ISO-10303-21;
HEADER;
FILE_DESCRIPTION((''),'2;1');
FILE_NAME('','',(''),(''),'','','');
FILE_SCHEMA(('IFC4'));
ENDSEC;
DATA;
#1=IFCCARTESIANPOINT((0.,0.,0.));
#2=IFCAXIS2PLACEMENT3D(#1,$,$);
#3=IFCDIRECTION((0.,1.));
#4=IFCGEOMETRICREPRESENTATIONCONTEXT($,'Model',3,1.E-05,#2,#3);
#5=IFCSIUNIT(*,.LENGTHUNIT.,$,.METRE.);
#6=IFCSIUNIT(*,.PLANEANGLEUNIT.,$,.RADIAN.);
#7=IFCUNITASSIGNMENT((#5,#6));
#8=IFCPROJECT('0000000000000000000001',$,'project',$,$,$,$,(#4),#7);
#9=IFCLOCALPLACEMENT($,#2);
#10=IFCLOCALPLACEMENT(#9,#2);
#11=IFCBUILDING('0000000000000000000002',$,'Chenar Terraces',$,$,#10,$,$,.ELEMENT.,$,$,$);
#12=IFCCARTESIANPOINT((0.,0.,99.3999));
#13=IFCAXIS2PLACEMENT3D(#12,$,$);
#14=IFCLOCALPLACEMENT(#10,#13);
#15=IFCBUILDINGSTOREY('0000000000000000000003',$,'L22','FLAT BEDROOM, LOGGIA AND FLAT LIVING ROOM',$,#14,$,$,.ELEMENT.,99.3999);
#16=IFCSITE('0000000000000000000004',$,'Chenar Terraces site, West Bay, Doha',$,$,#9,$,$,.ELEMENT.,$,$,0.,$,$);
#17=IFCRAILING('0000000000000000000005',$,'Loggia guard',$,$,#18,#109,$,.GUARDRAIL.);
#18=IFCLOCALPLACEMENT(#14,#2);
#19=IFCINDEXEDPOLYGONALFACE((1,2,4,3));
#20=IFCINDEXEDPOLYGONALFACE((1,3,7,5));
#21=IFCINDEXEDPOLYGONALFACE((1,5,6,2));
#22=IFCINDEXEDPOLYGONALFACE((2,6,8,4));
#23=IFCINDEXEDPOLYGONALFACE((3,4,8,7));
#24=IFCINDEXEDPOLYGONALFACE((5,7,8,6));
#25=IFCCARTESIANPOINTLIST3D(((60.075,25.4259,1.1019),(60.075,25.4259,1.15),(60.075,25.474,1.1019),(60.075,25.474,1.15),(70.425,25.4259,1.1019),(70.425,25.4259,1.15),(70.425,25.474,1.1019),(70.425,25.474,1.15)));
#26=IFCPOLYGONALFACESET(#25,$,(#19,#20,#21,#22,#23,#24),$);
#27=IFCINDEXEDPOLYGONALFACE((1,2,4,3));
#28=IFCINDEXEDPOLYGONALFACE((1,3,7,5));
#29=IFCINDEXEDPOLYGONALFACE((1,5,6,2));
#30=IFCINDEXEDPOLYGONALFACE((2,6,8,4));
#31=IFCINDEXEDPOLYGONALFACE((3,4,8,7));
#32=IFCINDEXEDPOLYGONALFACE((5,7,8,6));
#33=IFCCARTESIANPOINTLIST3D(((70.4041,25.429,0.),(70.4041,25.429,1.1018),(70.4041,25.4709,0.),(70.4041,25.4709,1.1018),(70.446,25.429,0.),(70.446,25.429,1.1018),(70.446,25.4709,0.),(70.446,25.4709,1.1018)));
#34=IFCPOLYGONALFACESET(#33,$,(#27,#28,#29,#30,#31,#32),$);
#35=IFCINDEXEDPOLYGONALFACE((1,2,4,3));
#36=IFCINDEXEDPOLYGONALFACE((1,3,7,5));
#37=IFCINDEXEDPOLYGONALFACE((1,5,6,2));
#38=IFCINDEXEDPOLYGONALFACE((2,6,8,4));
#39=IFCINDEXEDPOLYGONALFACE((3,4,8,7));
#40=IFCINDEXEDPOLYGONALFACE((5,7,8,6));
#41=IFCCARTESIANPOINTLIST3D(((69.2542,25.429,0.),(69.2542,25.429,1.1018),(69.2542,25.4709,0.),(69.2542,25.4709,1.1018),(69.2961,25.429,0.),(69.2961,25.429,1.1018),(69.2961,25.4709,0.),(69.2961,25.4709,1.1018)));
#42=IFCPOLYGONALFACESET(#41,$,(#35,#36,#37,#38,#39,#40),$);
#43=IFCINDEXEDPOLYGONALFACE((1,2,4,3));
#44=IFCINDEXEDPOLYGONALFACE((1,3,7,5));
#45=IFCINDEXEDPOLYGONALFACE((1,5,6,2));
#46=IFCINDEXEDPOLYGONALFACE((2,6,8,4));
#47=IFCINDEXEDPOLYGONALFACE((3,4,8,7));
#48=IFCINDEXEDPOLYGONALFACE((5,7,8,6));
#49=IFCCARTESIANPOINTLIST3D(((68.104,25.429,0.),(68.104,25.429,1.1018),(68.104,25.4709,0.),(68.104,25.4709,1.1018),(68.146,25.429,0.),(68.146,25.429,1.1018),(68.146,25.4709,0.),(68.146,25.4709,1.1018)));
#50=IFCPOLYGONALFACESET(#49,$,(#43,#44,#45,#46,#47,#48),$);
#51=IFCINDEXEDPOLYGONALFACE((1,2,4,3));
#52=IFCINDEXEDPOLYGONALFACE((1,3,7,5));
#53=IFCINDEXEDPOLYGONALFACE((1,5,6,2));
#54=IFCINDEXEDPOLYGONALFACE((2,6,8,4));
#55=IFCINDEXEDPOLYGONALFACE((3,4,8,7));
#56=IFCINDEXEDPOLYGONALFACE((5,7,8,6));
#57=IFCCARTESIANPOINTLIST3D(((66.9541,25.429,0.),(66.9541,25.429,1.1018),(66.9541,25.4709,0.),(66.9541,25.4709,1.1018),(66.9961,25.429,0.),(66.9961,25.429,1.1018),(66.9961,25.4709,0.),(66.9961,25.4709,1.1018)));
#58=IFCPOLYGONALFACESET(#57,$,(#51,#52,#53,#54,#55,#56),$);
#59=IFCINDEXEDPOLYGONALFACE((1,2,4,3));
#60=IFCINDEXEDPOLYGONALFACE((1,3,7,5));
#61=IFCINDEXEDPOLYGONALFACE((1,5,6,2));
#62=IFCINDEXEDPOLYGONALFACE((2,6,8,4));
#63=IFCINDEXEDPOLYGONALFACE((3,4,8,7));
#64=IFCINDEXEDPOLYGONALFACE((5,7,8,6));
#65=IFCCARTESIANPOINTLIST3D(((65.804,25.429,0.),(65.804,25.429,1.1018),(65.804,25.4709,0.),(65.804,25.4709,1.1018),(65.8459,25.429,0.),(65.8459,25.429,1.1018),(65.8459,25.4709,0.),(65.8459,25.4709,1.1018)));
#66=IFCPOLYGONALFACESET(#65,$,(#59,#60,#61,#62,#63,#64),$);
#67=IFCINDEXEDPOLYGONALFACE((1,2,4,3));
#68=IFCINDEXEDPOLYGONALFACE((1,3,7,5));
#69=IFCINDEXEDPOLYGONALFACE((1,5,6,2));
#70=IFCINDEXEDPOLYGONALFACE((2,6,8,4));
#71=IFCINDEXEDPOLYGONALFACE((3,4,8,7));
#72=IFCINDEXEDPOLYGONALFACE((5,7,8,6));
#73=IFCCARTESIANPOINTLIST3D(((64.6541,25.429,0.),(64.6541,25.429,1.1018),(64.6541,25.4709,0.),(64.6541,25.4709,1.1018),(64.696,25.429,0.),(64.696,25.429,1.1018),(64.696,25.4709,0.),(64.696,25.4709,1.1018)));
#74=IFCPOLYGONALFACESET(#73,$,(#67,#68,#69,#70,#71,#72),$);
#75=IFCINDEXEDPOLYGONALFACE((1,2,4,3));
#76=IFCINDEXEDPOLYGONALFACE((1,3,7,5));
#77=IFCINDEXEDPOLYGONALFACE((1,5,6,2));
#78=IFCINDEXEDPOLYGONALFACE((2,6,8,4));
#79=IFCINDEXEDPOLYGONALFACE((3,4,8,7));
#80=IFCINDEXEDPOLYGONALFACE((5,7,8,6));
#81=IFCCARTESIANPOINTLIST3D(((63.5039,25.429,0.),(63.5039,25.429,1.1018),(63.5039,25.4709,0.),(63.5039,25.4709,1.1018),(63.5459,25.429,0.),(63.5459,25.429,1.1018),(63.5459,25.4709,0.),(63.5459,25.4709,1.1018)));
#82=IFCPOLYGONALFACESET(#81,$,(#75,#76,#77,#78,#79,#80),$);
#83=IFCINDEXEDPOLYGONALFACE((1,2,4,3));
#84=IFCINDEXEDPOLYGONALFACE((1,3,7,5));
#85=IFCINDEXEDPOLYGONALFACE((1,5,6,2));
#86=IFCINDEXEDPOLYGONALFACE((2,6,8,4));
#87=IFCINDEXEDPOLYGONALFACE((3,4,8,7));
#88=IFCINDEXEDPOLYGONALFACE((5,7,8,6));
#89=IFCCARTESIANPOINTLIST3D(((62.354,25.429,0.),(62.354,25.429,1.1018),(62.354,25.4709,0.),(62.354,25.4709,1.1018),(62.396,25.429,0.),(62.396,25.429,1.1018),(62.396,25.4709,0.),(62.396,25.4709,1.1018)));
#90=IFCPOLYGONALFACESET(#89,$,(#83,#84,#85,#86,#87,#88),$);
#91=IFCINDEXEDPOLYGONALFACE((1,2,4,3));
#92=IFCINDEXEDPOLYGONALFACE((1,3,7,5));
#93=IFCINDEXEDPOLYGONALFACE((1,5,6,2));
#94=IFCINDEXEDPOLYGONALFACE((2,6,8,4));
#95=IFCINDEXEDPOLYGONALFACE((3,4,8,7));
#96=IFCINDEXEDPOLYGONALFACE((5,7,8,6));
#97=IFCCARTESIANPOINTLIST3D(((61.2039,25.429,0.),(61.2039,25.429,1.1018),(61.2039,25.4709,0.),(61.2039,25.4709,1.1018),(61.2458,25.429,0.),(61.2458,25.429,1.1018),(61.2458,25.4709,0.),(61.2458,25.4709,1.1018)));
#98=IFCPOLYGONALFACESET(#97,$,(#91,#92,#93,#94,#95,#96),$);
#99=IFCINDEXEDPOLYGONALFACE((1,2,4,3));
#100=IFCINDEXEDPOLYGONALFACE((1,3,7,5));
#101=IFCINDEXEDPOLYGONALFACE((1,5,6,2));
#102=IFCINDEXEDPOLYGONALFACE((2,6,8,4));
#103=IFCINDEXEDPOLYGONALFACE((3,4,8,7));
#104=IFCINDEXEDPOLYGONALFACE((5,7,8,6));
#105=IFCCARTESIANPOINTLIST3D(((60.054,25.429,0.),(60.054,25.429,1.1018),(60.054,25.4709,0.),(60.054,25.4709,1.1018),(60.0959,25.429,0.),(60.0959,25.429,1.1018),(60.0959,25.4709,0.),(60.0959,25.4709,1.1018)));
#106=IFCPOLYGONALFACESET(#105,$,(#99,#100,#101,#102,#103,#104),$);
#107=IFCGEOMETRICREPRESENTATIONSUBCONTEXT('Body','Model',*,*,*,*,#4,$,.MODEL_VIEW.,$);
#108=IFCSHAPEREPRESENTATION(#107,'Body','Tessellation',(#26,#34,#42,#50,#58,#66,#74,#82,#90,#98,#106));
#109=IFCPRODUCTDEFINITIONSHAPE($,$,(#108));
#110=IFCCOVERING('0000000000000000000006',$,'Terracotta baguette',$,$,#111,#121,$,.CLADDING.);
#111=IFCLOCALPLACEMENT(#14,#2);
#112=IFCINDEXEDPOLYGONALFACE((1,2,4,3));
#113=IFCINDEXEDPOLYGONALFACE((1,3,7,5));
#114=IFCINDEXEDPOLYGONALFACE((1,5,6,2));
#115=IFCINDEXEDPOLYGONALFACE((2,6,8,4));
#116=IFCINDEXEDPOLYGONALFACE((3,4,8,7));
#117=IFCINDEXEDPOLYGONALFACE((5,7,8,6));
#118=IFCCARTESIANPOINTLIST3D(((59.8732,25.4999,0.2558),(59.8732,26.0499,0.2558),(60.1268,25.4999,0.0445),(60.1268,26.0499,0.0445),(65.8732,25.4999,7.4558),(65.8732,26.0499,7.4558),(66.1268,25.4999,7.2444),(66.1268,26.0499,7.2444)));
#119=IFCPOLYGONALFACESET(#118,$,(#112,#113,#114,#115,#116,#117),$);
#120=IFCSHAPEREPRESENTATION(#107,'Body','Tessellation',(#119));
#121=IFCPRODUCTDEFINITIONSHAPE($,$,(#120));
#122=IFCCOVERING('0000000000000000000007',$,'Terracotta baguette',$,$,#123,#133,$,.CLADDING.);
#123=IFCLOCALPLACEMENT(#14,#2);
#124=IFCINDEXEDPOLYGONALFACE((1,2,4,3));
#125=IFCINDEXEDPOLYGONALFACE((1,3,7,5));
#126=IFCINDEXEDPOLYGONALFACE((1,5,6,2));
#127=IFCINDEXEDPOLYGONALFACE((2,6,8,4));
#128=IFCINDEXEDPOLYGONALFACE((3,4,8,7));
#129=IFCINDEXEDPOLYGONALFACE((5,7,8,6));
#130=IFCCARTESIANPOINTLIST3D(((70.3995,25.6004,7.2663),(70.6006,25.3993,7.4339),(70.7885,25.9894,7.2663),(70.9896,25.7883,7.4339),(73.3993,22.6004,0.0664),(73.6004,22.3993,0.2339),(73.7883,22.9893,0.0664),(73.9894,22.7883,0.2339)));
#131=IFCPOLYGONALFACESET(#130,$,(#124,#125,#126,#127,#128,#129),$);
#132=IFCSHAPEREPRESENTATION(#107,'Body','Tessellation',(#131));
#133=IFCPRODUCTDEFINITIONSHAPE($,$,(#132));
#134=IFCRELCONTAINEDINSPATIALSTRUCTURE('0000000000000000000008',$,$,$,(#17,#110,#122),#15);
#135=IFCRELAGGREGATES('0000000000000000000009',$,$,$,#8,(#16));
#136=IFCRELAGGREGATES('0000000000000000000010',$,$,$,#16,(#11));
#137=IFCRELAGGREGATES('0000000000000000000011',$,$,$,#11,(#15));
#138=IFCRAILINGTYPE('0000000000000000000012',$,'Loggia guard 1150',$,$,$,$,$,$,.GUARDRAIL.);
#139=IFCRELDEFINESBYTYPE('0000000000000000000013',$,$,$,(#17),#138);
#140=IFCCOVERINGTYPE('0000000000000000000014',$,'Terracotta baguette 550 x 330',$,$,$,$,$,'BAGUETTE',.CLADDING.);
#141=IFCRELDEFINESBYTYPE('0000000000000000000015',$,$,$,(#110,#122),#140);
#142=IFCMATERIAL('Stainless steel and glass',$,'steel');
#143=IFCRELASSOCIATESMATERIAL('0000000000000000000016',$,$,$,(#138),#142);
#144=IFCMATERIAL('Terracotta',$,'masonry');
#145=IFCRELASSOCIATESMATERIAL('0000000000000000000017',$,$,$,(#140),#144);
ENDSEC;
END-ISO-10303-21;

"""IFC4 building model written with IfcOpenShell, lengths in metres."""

from ifc_helpers import new_model, si_unit, direction, frame, origin, origin_2d, place, context, subcontext, project, spatial, rectangle, extrude, material, material_profile, profile_set, type_object, element, save


model = new_model("IFC4")

# Units and contexts
model_context = context("Model", 3, precision=1e-05, world=origin(), true_north=direction((0.0, 1.0)))
body_context = subcontext(model_context, "Body", "Model", "MODEL_VIEW")
ifc_project = project(units=[si_unit("LENGTHUNIT", "METRE"), si_unit("PLANEANGLEUNIT", "RADIAN")], contexts=[model_context])

# Site, building, storey
site_placement = place(None, origin())
site = spatial("IfcSite", under=ifc_project, at=site_placement, Name="Chenar Terraces site, West Bay, Doha", CompositionType="ELEMENT", RefElevation=0.0)
building_placement = place(site_placement, origin())
building = spatial("IfcBuilding", under=site, at=building_placement, Name="Chenar Terraces", CompositionType="ELEMENT")
storey_placement = place(building_placement, frame((0.0, 0.0, 99.3999)))
storey = spatial("IfcBuildingStorey", under=building, at=storey_placement, Name="L22", Description="FLAT BEDROOM, LOGGIA AND FLAT LIVING ROOM", CompositionType="ELEMENT", Elevation=99.3999)

# Railing
ifc_material_1 = material(Name="Stainless steel and glass", Category="steel")
railing_type = type_object("IfcRailingType", Name="Loggia guard 1150", PredefinedType="GUARDRAIL", material=ifc_material_1)
railing_placement = place(storey_placement, frame((70.425, 25.45, 0.0)))
element("IfcRailing", 1, at=railing_placement, inside=storey, type_object=railing_type, Name="Loggia guard", PredefinedType="GUARDRAIL", context=body_context, shape_type="SweptSolid", body=[
    extrude(rectangle(XDim=0.0481, YDim=0.0481, at=origin_2d()), frame((0.0, 0.0, 1.126), z_axis=(-1.0, 0.0, 0.0), x_axis=(0.0, -1.0, 0.0)), (0.0, 0.0, 1.0), 10.3501),
    extrude(rectangle(XDim=0.042, YDim=0.042, at=origin_2d()), origin(), (0.0, 0.0, 1.0), 1.1018),
    extrude(rectangle(XDim=0.042, YDim=0.042, at=origin_2d()), frame((-1.1499, 0.0, 0.0)), (0.0, 0.0, 1.0), 1.1018),
    extrude(rectangle(XDim=0.042, YDim=0.042, at=origin_2d()), frame((-2.3, 0.0, 0.0)), (0.0, 0.0, 1.0), 1.1018),
    extrude(rectangle(XDim=0.042, YDim=0.042, at=origin_2d()), frame((-3.45, 0.0, 0.0)), (0.0, 0.0, 1.0), 1.1018),
    extrude(rectangle(XDim=0.042, YDim=0.042, at=origin_2d()), frame((-4.6001, 0.0, 0.0)), (0.0, 0.0, 1.0), 1.1018),
    extrude(rectangle(XDim=0.042, YDim=0.042, at=origin_2d()), frame((-5.75, 0.0, 0.0)), (0.0, 0.0, 1.0), 1.1018),
    extrude(rectangle(XDim=0.042, YDim=0.042, at=origin_2d()), frame((-6.9001, 0.0, 0.0)), (0.0, 0.0, 1.0), 1.1018),
    extrude(rectangle(XDim=0.042, YDim=0.042, at=origin_2d()), frame((-8.05, 0.0, 0.0)), (0.0, 0.0, 1.0), 1.1018),
    extrude(rectangle(XDim=0.042, YDim=0.042, at=origin_2d()), frame((-9.2002, 0.0, 0.0)), (0.0, 0.0, 1.0), 1.1018),
    extrude(rectangle(XDim=0.042, YDim=0.042, at=origin_2d()), frame((-10.3501, 0.0, 0.0)), (0.0, 0.0, 1.0), 1.1018),
])

# Coverings
ifc_material_2 = material(Name="Terracotta", Category="masonry")
ifc_material_profile_1 = material_profile(ifc_material_2, rectangle(XDim=0.55, YDim=0.3301, at=origin_2d()), Name="Terracotta baguette 550 x 330")
ifc_profile_set_1 = profile_set([ifc_material_profile_1], Name="Terracotta")
covering_type = type_object("IfcCoveringType", Name="Terracotta baguette 550 x 330", ElementType="BAGUETTE", PredefinedType="CLADDING", material=ifc_profile_set_1)
covering_1_placement = place(storey_placement, frame((66.0, 25.7749, 7.3501), z_axis=(-0.640187, 0.0, -0.768219), x_axis=(0.0, -1.0, 0.0)))
element("IfcCovering", 2, at=covering_1_placement, inside=storey, type_object=covering_type, Name="Terracotta baguette", PredefinedType="CLADDING", context=body_context, shape_type="SweptSolid", body=[
    extrude(rectangle(XDim=0.55, YDim=0.3301, at=origin_2d()), origin(), (0.0, 0.0, 1.0), 9.3723),
])
covering_2_placement = place(storey_placement, frame((73.6943, 22.6943, 0.1501), z_axis=(-0.358955, 0.358985, 0.861557), x_axis=(-0.707136, -0.707078, 0.0)))
element("IfcCovering", 3, at=covering_2_placement, inside=storey, type_object=covering_type, Name="Terracotta baguette", PredefinedType="CLADDING", context=body_context, shape_type="SweptSolid", body=[
    extrude(rectangle(XDim=0.55, YDim=0.3301, at=origin_2d()), origin(), (0.0, 0.0, 1.0), 8.3569),
])

save(model, "model.ifc")
